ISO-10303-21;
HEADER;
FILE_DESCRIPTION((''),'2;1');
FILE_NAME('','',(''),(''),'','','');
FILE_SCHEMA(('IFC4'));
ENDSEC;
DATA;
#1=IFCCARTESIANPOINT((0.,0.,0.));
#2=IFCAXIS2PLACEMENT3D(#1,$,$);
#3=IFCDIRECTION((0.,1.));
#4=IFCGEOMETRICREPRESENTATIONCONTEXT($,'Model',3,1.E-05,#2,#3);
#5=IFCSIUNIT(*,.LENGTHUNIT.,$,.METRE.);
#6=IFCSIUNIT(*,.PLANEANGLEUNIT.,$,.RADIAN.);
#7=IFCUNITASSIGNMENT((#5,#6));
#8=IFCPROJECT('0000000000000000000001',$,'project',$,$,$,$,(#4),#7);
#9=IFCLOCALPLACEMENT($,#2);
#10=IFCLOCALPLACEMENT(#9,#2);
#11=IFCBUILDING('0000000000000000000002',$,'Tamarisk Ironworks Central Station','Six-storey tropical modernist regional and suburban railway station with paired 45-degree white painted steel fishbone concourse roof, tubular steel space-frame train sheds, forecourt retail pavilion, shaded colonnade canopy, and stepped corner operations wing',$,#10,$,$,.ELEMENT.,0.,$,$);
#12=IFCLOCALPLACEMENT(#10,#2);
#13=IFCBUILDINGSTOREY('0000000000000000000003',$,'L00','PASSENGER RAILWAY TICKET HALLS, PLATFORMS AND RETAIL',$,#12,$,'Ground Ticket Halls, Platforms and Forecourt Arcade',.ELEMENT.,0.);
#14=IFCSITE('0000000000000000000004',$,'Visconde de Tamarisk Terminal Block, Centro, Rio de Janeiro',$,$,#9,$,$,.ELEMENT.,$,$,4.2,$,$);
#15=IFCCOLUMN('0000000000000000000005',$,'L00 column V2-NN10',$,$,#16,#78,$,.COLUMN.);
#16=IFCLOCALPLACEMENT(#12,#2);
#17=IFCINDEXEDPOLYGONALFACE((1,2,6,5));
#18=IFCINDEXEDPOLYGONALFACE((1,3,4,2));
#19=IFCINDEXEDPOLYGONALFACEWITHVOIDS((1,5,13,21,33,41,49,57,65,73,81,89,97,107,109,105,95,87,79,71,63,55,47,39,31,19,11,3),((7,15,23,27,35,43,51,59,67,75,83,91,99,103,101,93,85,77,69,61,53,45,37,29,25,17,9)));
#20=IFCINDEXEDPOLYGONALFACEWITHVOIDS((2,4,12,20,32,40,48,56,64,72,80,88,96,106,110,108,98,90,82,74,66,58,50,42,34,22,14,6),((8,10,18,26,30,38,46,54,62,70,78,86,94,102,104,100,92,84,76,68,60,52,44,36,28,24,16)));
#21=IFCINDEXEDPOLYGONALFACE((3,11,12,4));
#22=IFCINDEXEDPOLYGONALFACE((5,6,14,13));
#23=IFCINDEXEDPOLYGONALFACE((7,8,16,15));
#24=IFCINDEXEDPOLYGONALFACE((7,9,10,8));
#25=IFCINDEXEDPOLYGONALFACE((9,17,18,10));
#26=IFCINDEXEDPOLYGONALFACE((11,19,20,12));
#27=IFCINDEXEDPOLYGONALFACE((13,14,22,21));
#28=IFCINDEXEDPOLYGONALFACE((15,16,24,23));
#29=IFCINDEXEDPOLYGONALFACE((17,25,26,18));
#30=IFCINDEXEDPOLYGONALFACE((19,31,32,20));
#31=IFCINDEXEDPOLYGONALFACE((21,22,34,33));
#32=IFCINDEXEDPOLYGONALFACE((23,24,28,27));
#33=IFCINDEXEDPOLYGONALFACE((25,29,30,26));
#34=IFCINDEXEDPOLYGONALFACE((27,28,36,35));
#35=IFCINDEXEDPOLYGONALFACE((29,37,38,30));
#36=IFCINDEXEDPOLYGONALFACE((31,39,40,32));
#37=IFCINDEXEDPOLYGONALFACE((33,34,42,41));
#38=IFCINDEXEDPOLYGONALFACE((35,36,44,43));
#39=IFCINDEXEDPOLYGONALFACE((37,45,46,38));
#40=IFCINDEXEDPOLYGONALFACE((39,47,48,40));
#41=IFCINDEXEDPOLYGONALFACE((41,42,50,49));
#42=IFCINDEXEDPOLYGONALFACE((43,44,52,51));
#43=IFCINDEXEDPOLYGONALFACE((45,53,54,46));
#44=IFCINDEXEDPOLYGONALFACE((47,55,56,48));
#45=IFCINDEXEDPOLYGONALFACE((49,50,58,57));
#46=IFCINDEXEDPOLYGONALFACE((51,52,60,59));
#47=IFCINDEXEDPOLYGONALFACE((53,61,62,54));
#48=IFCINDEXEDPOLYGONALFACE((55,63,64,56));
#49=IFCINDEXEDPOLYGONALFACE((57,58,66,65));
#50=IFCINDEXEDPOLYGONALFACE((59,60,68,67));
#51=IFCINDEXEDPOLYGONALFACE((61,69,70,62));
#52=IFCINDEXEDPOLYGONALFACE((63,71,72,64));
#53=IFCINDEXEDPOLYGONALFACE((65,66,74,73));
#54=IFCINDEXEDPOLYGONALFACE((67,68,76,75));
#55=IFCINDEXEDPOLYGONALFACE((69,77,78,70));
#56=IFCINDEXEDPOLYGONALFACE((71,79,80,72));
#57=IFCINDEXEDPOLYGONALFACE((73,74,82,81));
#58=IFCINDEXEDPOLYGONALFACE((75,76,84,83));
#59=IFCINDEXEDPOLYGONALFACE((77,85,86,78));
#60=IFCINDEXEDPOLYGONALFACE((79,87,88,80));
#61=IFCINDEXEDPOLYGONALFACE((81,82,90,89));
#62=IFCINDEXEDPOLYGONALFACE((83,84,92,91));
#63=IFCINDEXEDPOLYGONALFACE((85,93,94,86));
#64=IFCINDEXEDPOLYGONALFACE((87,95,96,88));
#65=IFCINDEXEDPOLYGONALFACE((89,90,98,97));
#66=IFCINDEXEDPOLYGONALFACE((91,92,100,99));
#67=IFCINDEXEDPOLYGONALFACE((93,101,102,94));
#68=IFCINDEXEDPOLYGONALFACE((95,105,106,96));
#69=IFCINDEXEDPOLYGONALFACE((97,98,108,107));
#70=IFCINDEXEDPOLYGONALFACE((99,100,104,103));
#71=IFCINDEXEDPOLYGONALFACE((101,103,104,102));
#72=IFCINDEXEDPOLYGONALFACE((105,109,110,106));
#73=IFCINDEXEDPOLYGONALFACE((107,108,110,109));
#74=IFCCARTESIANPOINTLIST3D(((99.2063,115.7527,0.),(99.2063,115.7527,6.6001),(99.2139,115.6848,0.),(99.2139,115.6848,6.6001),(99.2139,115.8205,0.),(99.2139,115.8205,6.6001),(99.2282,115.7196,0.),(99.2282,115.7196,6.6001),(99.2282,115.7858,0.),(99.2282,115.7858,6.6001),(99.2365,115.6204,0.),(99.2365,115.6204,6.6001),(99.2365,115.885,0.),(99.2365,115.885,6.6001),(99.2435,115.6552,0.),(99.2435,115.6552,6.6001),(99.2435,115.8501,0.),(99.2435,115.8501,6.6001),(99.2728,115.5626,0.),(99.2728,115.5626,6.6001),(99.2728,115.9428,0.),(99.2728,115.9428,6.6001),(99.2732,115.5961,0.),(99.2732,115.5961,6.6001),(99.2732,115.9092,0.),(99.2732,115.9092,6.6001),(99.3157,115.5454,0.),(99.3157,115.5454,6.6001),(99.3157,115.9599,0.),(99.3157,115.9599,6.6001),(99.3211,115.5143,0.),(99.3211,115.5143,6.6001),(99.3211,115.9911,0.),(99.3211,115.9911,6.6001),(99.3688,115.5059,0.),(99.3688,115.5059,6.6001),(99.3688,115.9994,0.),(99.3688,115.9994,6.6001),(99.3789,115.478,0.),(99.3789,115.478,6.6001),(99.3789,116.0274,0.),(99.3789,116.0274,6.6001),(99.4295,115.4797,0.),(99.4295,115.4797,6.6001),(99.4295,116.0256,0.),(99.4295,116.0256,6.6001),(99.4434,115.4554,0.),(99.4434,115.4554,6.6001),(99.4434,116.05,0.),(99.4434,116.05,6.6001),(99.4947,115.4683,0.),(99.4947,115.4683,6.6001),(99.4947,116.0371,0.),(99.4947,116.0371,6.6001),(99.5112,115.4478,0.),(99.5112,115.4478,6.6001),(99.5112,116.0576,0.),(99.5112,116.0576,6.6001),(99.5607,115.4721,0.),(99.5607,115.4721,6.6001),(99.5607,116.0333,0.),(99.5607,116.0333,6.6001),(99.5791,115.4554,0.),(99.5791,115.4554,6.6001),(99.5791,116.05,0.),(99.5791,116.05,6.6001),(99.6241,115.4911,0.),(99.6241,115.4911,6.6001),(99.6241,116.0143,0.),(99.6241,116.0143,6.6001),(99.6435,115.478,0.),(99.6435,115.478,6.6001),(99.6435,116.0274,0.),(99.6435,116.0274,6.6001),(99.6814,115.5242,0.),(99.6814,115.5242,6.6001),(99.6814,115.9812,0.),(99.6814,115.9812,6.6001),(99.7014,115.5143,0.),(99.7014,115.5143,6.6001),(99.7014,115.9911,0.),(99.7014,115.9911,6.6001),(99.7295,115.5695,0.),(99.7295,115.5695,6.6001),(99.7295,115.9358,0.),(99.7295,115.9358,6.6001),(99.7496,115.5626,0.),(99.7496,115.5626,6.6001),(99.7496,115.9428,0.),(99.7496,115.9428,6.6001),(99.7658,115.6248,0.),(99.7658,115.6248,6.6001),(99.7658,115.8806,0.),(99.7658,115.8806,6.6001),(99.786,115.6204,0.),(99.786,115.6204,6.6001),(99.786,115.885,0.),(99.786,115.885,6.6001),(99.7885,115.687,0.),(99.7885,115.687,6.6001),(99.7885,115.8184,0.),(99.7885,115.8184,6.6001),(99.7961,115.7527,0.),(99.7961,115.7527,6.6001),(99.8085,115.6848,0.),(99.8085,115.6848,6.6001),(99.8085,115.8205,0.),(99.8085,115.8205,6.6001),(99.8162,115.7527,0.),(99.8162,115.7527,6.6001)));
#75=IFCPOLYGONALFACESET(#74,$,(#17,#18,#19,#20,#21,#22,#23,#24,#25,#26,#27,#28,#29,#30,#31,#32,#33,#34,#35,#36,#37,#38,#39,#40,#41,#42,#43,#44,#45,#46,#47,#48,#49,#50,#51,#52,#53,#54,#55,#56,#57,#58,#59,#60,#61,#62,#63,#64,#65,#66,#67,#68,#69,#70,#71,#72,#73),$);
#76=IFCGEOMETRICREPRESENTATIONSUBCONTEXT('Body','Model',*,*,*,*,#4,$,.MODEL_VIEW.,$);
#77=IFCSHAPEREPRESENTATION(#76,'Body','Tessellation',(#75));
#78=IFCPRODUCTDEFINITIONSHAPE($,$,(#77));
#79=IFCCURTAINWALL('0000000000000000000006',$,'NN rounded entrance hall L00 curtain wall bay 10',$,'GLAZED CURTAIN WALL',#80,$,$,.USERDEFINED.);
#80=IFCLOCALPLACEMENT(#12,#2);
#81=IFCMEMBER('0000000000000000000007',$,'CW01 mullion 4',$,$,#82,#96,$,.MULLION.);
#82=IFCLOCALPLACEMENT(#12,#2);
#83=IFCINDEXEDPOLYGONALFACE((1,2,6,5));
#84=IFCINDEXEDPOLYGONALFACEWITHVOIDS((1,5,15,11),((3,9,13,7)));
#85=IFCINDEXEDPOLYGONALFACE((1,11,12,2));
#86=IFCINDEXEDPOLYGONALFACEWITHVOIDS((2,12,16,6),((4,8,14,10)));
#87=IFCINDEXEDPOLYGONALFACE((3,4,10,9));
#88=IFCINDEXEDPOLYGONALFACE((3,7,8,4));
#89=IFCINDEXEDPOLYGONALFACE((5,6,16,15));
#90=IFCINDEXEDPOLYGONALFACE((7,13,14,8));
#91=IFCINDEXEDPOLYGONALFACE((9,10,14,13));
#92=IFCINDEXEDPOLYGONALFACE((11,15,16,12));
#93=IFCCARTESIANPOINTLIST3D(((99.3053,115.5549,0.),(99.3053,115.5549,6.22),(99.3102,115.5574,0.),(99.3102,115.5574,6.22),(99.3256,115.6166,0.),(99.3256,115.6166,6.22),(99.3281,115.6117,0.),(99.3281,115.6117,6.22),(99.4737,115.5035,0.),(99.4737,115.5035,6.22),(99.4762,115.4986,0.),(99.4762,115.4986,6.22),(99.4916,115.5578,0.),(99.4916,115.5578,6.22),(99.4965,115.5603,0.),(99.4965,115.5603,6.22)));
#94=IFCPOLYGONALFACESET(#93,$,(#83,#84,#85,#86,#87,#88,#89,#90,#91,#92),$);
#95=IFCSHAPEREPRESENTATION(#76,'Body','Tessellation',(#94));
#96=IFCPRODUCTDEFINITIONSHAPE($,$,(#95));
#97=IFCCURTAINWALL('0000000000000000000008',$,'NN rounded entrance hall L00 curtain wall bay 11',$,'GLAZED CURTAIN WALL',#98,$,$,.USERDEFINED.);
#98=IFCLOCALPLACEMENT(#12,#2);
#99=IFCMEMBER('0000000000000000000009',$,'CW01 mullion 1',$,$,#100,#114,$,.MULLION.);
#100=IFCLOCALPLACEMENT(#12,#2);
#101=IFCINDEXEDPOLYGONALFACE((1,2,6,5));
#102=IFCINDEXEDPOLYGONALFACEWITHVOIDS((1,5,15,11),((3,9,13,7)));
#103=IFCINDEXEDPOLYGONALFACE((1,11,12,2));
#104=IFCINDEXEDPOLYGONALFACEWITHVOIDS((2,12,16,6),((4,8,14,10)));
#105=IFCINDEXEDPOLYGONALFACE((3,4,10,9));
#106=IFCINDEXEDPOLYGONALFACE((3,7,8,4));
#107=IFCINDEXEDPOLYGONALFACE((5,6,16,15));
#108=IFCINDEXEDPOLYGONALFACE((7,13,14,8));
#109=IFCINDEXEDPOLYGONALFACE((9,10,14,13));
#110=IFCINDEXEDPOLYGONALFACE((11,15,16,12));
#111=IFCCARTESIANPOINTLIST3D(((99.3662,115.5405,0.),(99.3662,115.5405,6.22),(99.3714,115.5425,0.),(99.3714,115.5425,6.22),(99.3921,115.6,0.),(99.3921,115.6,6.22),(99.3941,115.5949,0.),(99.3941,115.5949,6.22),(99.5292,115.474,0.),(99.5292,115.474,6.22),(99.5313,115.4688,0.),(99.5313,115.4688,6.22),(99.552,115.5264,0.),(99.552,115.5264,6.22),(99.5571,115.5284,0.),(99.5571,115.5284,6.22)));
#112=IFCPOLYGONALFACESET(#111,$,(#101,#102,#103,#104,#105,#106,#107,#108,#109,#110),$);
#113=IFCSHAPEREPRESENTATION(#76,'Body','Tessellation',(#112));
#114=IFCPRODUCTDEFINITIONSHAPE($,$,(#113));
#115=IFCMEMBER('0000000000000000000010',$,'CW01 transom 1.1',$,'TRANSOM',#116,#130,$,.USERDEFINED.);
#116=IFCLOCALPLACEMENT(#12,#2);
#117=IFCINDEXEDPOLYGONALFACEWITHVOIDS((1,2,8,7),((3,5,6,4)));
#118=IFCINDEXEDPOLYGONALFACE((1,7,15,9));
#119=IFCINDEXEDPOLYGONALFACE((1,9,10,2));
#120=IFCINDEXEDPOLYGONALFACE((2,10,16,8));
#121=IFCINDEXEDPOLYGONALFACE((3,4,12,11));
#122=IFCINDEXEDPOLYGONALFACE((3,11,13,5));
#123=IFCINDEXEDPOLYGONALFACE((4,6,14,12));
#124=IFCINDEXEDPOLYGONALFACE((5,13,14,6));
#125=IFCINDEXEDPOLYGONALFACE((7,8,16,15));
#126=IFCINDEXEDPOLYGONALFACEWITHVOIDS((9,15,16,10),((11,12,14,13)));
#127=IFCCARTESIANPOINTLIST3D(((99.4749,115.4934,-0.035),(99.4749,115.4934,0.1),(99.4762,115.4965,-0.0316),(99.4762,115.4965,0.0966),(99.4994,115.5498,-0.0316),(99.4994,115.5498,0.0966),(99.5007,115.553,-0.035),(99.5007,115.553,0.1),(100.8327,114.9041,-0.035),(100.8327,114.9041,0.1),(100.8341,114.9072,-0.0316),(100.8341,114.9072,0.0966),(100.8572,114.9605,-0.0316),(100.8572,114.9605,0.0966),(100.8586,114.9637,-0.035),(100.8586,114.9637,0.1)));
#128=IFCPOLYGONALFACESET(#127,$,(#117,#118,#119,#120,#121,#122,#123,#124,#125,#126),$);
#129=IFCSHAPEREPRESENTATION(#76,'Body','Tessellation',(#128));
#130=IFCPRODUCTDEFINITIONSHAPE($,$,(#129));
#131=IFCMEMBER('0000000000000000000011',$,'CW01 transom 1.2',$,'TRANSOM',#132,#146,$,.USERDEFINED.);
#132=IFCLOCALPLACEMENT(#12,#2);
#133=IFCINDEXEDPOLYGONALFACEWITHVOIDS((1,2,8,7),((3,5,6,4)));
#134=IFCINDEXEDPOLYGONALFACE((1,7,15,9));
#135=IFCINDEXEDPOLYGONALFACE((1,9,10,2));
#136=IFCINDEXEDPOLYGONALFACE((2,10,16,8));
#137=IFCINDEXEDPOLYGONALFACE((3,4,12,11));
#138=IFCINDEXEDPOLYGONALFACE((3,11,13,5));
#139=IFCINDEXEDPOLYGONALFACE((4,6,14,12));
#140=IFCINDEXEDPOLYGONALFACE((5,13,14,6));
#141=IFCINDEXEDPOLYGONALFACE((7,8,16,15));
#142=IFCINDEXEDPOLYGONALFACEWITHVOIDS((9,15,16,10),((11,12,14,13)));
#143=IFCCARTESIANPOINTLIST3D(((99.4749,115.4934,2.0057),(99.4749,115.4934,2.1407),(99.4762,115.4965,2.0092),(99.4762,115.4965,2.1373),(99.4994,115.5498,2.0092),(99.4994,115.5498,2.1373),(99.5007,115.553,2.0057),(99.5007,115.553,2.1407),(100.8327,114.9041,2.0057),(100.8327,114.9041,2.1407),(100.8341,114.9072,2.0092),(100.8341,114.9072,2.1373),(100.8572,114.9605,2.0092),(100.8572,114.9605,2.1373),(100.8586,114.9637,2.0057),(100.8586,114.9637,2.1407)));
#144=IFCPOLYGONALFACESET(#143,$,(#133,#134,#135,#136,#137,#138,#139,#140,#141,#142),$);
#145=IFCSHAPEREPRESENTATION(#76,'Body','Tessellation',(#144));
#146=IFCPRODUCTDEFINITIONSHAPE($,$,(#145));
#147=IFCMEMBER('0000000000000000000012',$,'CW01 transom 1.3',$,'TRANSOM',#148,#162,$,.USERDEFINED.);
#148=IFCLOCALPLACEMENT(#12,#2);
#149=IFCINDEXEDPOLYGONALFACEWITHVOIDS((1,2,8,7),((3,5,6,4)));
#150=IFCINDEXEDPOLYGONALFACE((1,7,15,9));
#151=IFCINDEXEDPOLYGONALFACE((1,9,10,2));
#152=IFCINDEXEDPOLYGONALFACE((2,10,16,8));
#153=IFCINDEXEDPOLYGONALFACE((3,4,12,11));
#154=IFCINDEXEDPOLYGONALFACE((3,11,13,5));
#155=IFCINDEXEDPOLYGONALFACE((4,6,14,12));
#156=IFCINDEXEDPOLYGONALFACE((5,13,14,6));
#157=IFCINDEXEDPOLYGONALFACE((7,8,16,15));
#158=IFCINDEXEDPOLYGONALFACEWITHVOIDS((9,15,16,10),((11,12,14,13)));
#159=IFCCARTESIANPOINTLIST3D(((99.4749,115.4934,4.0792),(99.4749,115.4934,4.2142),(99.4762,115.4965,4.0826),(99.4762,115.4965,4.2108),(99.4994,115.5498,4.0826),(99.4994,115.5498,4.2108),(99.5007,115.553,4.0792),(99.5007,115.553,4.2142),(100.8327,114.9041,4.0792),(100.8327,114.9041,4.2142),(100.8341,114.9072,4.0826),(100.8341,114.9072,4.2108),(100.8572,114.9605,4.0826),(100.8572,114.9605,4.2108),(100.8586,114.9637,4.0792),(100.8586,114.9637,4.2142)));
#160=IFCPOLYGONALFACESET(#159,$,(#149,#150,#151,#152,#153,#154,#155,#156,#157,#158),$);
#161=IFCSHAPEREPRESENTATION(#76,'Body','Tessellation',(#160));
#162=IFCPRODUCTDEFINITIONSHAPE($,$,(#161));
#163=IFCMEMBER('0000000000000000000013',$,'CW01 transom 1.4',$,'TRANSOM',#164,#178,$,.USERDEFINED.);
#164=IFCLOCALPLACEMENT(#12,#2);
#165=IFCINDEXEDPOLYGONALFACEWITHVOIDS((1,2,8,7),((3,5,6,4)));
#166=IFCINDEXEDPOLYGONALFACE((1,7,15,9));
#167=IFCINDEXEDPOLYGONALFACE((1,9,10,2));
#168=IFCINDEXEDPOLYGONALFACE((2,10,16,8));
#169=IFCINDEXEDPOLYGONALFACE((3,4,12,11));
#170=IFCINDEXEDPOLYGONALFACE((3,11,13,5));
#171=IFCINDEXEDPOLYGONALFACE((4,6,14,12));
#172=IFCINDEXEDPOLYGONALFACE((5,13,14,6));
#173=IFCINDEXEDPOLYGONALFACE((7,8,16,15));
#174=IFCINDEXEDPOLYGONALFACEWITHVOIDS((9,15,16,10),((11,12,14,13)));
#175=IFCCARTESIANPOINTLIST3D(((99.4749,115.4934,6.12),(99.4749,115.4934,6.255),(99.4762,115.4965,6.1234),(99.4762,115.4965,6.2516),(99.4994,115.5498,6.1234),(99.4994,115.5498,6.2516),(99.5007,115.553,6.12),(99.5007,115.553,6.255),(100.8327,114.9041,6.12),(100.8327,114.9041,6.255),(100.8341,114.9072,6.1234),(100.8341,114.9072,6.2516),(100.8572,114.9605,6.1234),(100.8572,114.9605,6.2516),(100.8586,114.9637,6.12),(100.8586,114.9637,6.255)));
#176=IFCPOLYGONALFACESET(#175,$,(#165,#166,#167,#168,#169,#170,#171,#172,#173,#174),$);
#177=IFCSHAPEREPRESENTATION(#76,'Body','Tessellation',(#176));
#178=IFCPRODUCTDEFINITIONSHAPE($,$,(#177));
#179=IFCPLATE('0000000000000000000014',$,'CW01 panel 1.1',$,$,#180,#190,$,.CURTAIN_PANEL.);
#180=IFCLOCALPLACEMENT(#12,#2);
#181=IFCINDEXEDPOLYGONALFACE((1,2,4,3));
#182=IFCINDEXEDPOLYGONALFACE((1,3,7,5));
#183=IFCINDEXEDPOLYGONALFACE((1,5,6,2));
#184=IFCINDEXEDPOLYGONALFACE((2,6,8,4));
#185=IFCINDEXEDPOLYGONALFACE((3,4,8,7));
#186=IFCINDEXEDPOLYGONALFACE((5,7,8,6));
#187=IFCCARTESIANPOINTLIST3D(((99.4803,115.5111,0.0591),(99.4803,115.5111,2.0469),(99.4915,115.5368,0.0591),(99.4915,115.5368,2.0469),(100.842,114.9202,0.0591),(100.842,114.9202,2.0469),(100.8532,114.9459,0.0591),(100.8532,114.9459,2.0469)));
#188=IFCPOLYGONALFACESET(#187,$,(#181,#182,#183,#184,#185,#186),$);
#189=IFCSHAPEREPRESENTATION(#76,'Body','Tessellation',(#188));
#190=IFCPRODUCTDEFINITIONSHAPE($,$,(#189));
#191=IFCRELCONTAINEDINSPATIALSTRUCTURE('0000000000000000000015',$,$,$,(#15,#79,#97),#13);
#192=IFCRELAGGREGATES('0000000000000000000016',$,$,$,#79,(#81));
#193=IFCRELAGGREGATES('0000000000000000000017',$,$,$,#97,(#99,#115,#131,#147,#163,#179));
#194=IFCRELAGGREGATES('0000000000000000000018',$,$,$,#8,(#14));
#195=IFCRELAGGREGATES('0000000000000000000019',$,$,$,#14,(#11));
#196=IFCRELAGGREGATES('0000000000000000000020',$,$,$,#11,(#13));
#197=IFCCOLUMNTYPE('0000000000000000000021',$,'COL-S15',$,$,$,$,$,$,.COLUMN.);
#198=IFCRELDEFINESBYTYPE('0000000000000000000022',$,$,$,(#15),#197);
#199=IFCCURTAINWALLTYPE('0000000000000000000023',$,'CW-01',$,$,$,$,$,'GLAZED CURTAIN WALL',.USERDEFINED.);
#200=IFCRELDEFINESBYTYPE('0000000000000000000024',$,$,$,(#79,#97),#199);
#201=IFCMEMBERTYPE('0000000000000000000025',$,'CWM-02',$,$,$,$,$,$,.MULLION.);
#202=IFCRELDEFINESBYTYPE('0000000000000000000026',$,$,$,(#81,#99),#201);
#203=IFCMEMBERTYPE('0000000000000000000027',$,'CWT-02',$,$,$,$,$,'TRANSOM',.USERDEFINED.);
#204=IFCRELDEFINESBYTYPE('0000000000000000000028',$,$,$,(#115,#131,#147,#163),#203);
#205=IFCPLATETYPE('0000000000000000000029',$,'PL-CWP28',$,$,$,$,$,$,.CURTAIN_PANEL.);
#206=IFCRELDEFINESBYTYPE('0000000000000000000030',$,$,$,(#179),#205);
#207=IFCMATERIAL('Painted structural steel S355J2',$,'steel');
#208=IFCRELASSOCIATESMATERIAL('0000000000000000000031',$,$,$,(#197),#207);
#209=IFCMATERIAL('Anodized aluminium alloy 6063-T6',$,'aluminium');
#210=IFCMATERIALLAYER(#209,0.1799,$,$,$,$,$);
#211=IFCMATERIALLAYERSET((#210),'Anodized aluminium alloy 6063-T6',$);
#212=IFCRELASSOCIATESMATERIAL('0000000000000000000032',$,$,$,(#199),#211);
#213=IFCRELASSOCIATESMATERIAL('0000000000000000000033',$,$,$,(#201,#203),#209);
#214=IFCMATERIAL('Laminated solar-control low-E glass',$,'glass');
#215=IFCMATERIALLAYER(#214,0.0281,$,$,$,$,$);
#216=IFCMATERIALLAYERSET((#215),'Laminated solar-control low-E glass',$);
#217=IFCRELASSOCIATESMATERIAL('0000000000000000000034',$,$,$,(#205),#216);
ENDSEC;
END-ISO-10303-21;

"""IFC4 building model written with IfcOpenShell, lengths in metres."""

from ifc_helpers import new_model, si_unit, direction, frame, origin, origin_2d, place, context, subcontext, project, spatial, rectangle, hollow_rectangle, hollow_circle, extrude, material, layer, layer_set, material_profile, profile_set, type_object, element, aggregate, save


model = new_model("IFC4")

# Units and contexts
model_context = context("Model", 3, precision=1e-05, world=origin(), true_north=direction((0.0, 1.0)))
body_context = subcontext(model_context, "Body", "Model", "MODEL_VIEW")
ifc_project = project(units=[si_unit("LENGTHUNIT", "METRE"), si_unit("PLANEANGLEUNIT", "RADIAN")], contexts=[model_context])

# Site, building, storey
site_placement = place(None, origin())
site = spatial("IfcSite", under=ifc_project, at=site_placement, Name="Visconde de Tamarisk Terminal Block, Centro, Rio de Janeiro", CompositionType="ELEMENT", RefElevation=4.2)
building_placement = place(site_placement, origin())
building = spatial("IfcBuilding", under=site, at=building_placement, Name="Tamarisk Ironworks Central Station", Description="Six-storey tropical modernist regional and suburban railway station with paired 45-degree white painted steel fishbone concourse roof, tubular steel space-frame train sheds, forecourt retail pavilion, shaded colonnade canopy, and stepped corner operations wing", CompositionType="ELEMENT", ElevationOfRefHeight=0.0)
storey_placement = place(building_placement, origin())
storey = spatial("IfcBuildingStorey", under=building, at=storey_placement, Name="L00", Description="PASSENGER RAILWAY TICKET HALLS, PLATFORMS AND RETAIL", LongName="Ground Ticket Halls, Platforms and Forecourt Arcade", CompositionType="ELEMENT", Elevation=0.0)

# Column
ifc_material_1 = material(Name="Painted structural steel S355J2", Category="steel")
ifc_material_profile_1 = material_profile(ifc_material_1, hollow_circle(Radius=0.3049, WallThickness=0.02, at=origin_2d()), Name="CHS 610x20")
ifc_profile_set_1 = profile_set([ifc_material_profile_1], Name="Painted structural steel S355J2")
column_type_1 = type_object("IfcColumnType", Name="COL-S15", PredefinedType="COLUMN", material=ifc_profile_set_1)
column_1_placement = place(storey_placement, frame((99.5112, 115.7527, 0.0), z_axis=(0.0, 0.0, 1.0), x_axis=(1.0, 0.0, 0.0)))
element("IfcColumn", 1, at=column_1_placement, inside=storey, type_object=column_type_1, Name="L00 column V2-NN10", PredefinedType="COLUMN", context=body_context, shape_type="SweptSolid", body=[
    extrude(hollow_circle(Radius=0.3049, WallThickness=0.02, at=origin_2d()), origin(), (0.0, 0.0, 1.0), 6.6001),
])

# Curtain wall, member
ifc_material_2 = material(Name="Anodized aluminium alloy 6063-T6", Category="aluminium")
ifc_layer_1 = layer(ifc_material_2, 0.1799)
ifc_layer_set_1 = layer_set([ifc_layer_1], Name="Anodized aluminium alloy 6063-T6")
curtain_wall_type = type_object("IfcCurtainWallType", Name="CW-01", ElementType="GLAZED CURTAIN WALL", PredefinedType="USERDEFINED", material=ifc_layer_set_1)
curtain_wall_1_placement = place(storey_placement, origin())
curtain_wall_1 = element("IfcCurtainWall", 2, at=curtain_wall_1_placement, inside=storey, type_object=curtain_wall_type, Name="NN rounded entrance hall L00 curtain wall bay 10", ObjectType="GLAZED CURTAIN WALL", PredefinedType="USERDEFINED")
ifc_material_profile_2 = material_profile(ifc_material_2, hollow_rectangle(XDim=0.0649, YDim=0.1799, WallThickness=0.0039, at=origin_2d()), Name="ALUM 180x65")
ifc_profile_set_2 = profile_set([ifc_material_profile_2], Name="Anodized aluminium alloy 6063-T6")
member_type_1 = type_object("IfcMemberType", Name="CWM-02", PredefinedType="MULLION", material=ifc_profile_set_2)
member_1_placement = place(storey_placement, frame((99.4009, 115.5576, 0.0), z_axis=(0.0, 0.0, 1.0), x_axis=(0.313098, 0.949721, 0.0)))
member_1 = element("IfcMember", 3, at=member_1_placement, type_object=member_type_1, Name="CW01 mullion 4", PredefinedType="MULLION", context=body_context, shape_type="SweptSolid", body=[
    extrude(hollow_rectangle(XDim=0.0649, YDim=0.1799, WallThickness=0.0039, at=origin_2d()), origin(), (0.0, 0.0, 1.0), 6.22),
])
aggregate(curtain_wall_1, [member_1])

# Curtain wall, members, plate
curtain_wall_2_placement = place(storey_placement, origin())
curtain_wall_2 = element("IfcCurtainWall", 4, at=curtain_wall_2_placement, inside=storey, type_object=curtain_wall_type, Name="NN rounded entrance hall L00 curtain wall bay 11", ObjectType="GLAZED CURTAIN WALL", PredefinedType="USERDEFINED")
member_2_placement = place(storey_placement, frame((99.4617, 115.5344, 0.0), z_axis=(0.0, 0.0, 1.0), x_axis=(0.398077, 0.917352, 0.0)))
member_2 = element("IfcMember", 5, at=member_2_placement, type_object=member_type_1, Name="CW01 mullion 1", PredefinedType="MULLION", context=body_context, shape_type="SweptSolid", body=[
    extrude(hollow_rectangle(XDim=0.0649, YDim=0.1799, WallThickness=0.0039, at=origin_2d()), origin(), (0.0, 0.0, 1.0), 6.22),
])
ifc_material_profile_3 = material_profile(ifc_material_2, hollow_rectangle(XDim=0.0649, YDim=0.135, WallThickness=0.0034, at=origin_2d()), Name="ALUM 135x65")
ifc_profile_set_3 = profile_set([ifc_material_profile_3], Name="Anodized aluminium alloy 6063-T6")
member_type_2 = type_object("IfcMemberType", Name="CWT-02", ElementType="TRANSOM", PredefinedType="USERDEFINED", material=ifc_profile_set_3)
member_3_placement = place(storey_placement, frame((99.4878, 115.5232, 0.0325), z_axis=(0.917327, -0.398135, 0.0), x_axis=(0.398135, 0.917327, 0.0)))
member_3 = element("IfcMember", 6, at=member_3_placement, type_object=member_type_2, Name="CW01 transom 1.1", ObjectType="TRANSOM", PredefinedType="USERDEFINED", context=body_context, shape_type="SweptSolid", body=[
    extrude(hollow_rectangle(XDim=0.0649, YDim=0.135, WallThickness=0.0034, at=origin_2d()), origin(), (0.0, 0.0, 1.0), 1.4802),
])
member_4_placement = place(storey_placement, frame((99.4878, 115.5232, 2.0732), z_axis=(0.917327, -0.398135, 0.0), x_axis=(0.398135, 0.917327, 0.0)))
member_4 = element("IfcMember", 7, at=member_4_placement, type_object=member_type_2, Name="CW01 transom 1.2", ObjectType="TRANSOM", PredefinedType="USERDEFINED", context=body_context, shape_type="SweptSolid", body=[
    extrude(hollow_rectangle(XDim=0.0649, YDim=0.135, WallThickness=0.0034, at=origin_2d()), origin(), (0.0, 0.0, 1.0), 1.4802),
])
member_5_placement = place(storey_placement, frame((99.4878, 115.5232, 4.1467), z_axis=(0.917327, -0.398135, 0.0), x_axis=(0.398135, 0.917327, 0.0)))
member_5 = element("IfcMember", 8, at=member_5_placement, type_object=member_type_2, Name="CW01 transom 1.3", ObjectType="TRANSOM", PredefinedType="USERDEFINED", context=body_context, shape_type="SweptSolid", body=[
    extrude(hollow_rectangle(XDim=0.0649, YDim=0.135, WallThickness=0.0034, at=origin_2d()), origin(), (0.0, 0.0, 1.0), 1.4802),
])
member_6_placement = place(storey_placement, frame((99.4878, 115.5232, 6.1875), z_axis=(0.917327, -0.398135, 0.0), x_axis=(0.398135, 0.917327, 0.0)))
member_6 = element("IfcMember", 9, at=member_6_placement, type_object=member_type_2, Name="CW01 transom 1.4", ObjectType="TRANSOM", PredefinedType="USERDEFINED", context=body_context, shape_type="SweptSolid", body=[
    extrude(hollow_rectangle(XDim=0.0649, YDim=0.135, WallThickness=0.0034, at=origin_2d()), origin(), (0.0, 0.0, 1.0), 1.4802),
])
ifc_material_3 = material(Name="Laminated solar-control low-E glass", Category="glass")
ifc_layer_2 = layer(ifc_material_3, 0.0281)
ifc_layer_set_2 = layer_set([ifc_layer_2], Name="Laminated solar-control low-E glass")
plate_type = type_object("IfcPlateType", Name="PL-CWP28", PredefinedType="CURTAIN_PANEL", material=ifc_layer_set_2)
plate_1_placement = place(storey_placement, frame((100.1667, 115.2285, 0.0591), z_axis=(0.0, 0.0, 1.0), x_axis=(0.917352, -0.398077, 0.0)))
plate_1 = element("IfcPlate", 10, at=plate_1_placement, type_object=plate_type, Name="CW01 panel 1.1", PredefinedType="CURTAIN_PANEL", context=body_context, shape_type="SweptSolid", body=[
    extrude(rectangle(XDim=1.4844, YDim=0.0281, at=origin_2d()), origin(), (0.0, 0.0, 1.0), 1.9878),
])
aggregate(curtain_wall_2, [member_2, member_3, member_4, member_5, member_6, plate_1])

save(model, "model.ifc")
